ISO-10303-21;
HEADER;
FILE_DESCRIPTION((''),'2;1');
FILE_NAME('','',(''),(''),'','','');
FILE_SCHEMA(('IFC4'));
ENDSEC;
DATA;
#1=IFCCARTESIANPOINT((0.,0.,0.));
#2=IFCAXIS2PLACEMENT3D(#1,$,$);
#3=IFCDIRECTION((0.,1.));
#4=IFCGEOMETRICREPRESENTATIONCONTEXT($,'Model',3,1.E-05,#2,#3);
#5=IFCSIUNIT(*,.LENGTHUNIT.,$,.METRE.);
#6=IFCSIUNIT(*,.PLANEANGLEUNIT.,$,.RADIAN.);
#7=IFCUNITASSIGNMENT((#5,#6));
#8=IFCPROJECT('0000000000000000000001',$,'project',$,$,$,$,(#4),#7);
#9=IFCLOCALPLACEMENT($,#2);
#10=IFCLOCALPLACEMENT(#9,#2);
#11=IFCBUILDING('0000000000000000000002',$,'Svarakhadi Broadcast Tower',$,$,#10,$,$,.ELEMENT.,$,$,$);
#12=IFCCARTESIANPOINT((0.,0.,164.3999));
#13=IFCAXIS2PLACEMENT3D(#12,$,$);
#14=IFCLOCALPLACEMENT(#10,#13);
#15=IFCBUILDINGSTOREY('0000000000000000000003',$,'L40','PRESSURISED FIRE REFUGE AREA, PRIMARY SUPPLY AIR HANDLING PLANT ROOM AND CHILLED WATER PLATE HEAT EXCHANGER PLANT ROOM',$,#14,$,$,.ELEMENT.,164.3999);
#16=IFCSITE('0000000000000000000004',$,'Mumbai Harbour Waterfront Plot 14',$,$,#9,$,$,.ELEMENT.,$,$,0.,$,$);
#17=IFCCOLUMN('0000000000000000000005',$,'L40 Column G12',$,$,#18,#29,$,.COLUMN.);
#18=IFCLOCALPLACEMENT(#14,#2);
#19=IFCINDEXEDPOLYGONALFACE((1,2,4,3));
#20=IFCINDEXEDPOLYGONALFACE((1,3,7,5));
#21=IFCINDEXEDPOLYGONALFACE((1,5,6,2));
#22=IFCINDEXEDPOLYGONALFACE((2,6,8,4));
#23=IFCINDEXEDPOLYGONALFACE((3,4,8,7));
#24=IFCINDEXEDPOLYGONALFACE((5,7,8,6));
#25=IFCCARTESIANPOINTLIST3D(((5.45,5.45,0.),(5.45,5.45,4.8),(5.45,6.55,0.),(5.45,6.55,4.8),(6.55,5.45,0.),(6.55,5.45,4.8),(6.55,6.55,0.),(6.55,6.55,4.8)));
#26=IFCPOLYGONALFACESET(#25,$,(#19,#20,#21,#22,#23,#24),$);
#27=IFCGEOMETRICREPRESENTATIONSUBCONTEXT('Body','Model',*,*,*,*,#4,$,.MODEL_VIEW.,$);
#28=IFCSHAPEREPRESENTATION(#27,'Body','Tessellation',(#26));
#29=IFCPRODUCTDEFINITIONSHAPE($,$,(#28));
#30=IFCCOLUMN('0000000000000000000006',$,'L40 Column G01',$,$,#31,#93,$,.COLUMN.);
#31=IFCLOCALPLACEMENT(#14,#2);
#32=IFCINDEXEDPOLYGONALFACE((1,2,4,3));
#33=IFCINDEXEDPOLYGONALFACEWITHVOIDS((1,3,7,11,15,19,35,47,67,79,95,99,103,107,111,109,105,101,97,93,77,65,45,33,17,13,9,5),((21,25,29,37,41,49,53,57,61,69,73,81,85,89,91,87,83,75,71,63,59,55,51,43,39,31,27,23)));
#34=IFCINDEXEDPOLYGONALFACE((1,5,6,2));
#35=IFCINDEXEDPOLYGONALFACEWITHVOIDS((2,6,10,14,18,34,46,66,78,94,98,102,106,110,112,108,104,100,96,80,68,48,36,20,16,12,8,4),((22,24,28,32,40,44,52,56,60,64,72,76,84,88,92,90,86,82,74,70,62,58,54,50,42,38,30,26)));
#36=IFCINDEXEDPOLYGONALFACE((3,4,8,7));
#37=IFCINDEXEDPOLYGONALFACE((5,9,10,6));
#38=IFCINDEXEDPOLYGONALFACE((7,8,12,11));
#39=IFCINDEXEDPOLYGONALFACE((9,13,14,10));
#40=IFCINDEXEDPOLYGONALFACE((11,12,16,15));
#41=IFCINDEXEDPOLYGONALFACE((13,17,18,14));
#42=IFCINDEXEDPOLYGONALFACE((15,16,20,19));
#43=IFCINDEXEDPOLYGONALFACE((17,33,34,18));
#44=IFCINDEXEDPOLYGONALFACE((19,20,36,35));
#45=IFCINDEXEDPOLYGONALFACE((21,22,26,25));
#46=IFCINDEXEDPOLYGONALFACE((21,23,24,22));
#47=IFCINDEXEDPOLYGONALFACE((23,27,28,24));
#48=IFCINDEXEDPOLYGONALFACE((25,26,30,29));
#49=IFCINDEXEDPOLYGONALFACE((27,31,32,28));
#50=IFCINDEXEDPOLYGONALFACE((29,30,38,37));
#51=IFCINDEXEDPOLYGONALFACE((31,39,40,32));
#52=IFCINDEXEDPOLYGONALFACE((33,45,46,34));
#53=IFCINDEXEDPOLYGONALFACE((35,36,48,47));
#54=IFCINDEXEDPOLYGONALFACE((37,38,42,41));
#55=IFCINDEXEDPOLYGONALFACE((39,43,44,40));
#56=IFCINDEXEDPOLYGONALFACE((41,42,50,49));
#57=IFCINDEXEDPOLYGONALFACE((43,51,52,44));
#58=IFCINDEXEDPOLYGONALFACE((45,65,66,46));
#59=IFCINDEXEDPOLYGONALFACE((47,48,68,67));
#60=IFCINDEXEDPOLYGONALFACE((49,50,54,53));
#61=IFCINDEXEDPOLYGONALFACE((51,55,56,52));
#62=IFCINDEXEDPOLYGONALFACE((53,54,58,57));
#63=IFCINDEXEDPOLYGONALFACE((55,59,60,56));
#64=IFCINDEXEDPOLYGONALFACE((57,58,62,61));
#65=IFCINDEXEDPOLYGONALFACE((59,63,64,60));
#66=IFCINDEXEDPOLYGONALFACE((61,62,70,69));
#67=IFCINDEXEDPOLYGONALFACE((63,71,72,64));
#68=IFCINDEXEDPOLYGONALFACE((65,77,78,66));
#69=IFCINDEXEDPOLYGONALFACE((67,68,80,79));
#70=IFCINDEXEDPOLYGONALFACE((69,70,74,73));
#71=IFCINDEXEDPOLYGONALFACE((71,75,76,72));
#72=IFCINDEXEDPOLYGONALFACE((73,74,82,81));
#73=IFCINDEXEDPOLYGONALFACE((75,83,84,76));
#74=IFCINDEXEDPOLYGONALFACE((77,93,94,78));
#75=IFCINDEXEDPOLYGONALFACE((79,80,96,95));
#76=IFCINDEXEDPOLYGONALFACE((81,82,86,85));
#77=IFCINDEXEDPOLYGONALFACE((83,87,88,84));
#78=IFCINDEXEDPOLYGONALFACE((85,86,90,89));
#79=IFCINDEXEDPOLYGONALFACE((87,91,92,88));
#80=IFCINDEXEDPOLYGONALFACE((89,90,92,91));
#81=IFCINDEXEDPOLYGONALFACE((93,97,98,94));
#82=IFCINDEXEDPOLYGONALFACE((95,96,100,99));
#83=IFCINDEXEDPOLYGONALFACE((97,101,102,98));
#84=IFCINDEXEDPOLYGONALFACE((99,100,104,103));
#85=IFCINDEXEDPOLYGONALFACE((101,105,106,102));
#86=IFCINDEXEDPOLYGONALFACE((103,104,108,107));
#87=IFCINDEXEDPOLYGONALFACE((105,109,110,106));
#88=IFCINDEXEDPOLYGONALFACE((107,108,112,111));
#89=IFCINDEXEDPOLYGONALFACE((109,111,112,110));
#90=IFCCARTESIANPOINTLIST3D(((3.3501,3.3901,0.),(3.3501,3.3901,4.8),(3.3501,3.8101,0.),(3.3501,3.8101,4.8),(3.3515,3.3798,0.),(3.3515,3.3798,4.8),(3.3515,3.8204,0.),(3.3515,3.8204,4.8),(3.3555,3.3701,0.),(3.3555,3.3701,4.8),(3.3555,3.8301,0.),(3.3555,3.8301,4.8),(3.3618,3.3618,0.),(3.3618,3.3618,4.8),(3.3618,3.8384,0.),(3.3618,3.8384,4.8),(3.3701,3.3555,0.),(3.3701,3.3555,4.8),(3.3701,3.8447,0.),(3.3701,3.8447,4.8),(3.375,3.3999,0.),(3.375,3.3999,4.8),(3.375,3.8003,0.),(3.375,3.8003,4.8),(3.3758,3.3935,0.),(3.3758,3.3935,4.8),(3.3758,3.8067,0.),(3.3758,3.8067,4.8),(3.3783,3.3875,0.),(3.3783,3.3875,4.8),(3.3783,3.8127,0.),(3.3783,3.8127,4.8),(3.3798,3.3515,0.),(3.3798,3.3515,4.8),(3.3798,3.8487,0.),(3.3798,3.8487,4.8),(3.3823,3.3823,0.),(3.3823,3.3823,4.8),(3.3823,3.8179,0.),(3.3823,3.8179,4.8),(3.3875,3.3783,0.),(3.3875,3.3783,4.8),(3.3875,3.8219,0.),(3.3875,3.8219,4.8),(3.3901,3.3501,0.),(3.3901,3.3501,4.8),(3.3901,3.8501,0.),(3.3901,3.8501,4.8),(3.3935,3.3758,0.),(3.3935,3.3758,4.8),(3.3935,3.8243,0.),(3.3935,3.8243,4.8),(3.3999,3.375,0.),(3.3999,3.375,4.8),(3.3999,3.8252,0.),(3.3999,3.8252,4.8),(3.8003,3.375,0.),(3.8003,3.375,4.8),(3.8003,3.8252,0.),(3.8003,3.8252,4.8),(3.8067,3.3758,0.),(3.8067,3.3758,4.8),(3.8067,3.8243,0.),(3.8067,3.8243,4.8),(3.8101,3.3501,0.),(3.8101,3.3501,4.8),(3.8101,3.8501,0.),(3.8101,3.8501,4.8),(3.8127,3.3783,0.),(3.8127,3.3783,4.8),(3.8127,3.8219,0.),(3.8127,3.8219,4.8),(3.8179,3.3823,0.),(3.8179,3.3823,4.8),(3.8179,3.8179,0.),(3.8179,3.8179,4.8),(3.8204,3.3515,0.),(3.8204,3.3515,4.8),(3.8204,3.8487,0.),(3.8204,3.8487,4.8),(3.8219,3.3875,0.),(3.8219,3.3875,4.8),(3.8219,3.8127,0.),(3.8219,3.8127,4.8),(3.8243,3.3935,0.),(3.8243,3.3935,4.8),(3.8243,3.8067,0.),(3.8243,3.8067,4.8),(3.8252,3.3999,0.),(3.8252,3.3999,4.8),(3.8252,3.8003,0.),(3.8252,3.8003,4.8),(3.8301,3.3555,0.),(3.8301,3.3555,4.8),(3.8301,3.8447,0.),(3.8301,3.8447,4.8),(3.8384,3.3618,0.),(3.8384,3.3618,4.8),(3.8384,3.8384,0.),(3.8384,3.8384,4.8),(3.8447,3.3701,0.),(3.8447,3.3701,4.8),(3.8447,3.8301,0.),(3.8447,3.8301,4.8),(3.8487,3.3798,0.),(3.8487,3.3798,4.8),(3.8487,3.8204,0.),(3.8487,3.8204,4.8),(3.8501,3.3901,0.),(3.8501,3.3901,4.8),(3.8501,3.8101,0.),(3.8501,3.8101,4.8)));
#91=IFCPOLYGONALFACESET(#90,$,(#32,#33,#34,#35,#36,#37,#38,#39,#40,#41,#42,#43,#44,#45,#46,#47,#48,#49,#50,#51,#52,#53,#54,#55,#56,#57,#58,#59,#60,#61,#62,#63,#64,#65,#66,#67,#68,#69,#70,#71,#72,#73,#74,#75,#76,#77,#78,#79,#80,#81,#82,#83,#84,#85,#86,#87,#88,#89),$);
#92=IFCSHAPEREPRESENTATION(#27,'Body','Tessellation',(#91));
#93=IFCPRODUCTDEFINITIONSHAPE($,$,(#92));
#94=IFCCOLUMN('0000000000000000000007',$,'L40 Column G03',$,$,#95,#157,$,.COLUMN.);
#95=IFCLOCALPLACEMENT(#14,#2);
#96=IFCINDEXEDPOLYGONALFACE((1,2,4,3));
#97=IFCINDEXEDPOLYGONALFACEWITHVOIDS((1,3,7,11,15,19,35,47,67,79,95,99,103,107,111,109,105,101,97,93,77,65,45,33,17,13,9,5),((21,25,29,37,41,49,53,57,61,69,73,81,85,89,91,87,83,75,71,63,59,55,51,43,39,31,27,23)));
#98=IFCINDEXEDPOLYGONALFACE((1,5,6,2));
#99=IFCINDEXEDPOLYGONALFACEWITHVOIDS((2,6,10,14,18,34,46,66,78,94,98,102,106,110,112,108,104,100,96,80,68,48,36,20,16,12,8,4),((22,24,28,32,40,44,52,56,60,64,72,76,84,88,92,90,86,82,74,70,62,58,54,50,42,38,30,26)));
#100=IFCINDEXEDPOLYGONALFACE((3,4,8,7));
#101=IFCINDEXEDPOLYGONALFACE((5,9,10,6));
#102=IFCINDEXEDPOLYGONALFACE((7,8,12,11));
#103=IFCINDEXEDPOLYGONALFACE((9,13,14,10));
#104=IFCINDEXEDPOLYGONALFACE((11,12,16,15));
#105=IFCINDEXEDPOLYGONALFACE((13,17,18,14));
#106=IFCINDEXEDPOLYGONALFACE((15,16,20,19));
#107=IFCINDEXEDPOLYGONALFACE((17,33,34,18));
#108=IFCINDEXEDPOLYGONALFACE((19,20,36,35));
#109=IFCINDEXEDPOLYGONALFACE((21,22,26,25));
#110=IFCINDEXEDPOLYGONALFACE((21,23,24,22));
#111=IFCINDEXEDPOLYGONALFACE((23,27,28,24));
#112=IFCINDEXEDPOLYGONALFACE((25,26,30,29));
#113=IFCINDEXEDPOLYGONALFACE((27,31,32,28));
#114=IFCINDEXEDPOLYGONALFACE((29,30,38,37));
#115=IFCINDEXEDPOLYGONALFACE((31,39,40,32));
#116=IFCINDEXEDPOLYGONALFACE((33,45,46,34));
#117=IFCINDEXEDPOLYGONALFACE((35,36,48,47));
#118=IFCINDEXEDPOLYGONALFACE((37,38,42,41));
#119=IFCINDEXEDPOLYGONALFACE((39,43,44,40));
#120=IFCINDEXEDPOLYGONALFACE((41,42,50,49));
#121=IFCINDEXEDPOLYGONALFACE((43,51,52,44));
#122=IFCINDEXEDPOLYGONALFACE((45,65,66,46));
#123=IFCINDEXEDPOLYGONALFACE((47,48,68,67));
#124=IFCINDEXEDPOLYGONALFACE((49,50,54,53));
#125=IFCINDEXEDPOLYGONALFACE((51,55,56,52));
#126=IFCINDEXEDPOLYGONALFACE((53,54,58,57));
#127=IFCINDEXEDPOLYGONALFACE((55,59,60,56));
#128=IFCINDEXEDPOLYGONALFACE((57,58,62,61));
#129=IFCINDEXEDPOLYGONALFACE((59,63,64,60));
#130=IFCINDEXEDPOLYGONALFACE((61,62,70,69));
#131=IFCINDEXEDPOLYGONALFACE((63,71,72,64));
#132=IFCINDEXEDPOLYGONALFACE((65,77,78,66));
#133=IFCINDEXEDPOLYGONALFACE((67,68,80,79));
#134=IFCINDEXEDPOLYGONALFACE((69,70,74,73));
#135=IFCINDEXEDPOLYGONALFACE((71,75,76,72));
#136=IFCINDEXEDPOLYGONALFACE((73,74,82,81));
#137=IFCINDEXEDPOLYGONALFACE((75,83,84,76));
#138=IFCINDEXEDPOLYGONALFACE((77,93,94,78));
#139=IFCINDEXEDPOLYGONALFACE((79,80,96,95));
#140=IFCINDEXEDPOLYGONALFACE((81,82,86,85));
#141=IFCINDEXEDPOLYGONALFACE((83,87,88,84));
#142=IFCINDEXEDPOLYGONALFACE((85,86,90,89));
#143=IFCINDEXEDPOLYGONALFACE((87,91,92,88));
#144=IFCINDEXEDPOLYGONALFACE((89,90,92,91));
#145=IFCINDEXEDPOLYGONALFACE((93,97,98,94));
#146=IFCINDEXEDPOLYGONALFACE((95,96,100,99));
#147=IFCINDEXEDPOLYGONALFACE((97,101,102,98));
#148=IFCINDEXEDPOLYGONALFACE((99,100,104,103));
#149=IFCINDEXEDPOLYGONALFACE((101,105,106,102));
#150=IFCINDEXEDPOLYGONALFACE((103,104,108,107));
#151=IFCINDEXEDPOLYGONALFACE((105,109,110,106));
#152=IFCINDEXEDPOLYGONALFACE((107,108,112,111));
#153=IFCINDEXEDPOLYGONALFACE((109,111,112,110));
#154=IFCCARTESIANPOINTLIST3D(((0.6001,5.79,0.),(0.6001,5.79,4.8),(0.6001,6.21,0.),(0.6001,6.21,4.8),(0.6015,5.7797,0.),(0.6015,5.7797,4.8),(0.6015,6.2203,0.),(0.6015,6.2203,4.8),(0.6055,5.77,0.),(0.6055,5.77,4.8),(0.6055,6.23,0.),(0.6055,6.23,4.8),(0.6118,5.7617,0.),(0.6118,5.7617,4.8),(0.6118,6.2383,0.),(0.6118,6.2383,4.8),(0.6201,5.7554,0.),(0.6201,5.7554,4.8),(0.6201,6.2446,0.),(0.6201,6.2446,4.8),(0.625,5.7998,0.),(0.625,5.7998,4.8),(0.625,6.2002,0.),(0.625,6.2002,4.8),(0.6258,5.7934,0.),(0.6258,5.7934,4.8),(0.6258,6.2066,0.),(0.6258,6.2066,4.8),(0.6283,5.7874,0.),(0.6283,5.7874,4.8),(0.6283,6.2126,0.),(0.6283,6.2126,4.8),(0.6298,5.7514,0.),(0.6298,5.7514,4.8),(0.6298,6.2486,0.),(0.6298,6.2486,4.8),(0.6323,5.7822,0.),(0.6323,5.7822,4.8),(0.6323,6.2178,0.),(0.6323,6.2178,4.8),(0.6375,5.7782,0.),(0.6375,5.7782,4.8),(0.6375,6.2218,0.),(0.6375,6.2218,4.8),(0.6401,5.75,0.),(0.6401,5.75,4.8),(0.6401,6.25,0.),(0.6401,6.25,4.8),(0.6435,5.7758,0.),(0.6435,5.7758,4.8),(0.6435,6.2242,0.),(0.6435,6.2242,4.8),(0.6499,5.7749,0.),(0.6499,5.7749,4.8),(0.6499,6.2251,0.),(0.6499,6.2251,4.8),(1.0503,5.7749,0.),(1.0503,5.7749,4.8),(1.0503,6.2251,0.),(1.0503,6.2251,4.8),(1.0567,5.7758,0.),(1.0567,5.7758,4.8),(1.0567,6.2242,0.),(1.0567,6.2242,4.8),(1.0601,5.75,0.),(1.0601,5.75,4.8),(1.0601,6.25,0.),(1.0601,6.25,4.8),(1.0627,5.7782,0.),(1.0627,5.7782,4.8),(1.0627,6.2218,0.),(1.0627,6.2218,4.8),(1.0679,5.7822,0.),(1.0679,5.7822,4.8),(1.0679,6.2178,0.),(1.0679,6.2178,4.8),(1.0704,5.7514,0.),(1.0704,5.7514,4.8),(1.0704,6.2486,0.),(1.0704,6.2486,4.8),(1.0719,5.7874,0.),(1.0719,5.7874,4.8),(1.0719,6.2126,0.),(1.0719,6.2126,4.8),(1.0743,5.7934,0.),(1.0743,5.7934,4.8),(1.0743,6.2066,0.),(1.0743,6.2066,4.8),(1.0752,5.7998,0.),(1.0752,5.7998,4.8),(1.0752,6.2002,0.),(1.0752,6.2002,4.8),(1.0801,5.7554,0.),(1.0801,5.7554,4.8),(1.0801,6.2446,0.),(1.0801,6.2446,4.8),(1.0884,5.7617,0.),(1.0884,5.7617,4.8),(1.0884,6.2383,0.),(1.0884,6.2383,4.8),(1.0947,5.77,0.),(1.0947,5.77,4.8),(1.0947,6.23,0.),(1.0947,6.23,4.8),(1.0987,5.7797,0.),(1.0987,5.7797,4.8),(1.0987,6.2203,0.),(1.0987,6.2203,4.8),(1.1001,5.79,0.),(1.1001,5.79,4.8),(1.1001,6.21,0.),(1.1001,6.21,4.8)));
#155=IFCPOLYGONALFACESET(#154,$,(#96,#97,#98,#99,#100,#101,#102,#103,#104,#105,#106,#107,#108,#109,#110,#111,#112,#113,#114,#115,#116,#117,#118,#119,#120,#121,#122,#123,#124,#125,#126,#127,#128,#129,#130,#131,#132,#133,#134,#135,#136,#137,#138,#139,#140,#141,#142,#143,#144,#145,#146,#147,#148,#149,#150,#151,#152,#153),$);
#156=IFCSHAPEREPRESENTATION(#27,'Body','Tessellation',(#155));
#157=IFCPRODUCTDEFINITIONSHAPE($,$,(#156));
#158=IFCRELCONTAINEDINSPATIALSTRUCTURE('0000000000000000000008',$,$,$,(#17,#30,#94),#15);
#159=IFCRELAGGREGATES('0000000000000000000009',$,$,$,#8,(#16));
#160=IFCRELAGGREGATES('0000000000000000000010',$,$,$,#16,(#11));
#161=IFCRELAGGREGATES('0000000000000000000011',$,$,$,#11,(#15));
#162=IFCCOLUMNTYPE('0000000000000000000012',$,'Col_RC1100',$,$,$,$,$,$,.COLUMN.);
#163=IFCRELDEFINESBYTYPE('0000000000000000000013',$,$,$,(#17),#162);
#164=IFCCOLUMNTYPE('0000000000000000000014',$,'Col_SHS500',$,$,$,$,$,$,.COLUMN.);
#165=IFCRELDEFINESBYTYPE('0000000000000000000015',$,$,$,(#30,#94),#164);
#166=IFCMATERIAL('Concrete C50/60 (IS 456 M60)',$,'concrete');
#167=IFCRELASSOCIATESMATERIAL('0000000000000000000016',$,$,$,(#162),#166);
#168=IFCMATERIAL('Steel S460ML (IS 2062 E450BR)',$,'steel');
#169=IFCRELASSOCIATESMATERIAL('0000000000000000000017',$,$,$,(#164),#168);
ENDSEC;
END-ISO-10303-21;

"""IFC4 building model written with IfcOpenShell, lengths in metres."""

from ifc_helpers import new_model, si_unit, direction, frame, origin, origin_2d, place, context, subcontext, project, spatial, rectangle, hollow_rectangle, extrude, material, material_profile, profile_set, type_object, element, save


model = new_model("IFC4")

# Units and contexts
model_context = context("Model", 3, precision=1e-05, world=origin(), true_north=direction((0.0, 1.0)))
body_context = subcontext(model_context, "Body", "Model", "MODEL_VIEW")
ifc_project = project(units=[si_unit("LENGTHUNIT", "METRE"), si_unit("PLANEANGLEUNIT", "RADIAN")], contexts=[model_context])

# Site, building, storey
site_placement = place(None, origin())
site = spatial("IfcSite", under=ifc_project, at=site_placement, Name="Mumbai Harbour Waterfront Plot 14", CompositionType="ELEMENT", RefElevation=0.0)
building_placement = place(site_placement, origin())
building = spatial("IfcBuilding", under=site, at=building_placement, Name="Svarakhadi Broadcast Tower", CompositionType="ELEMENT")
storey_placement = place(building_placement, frame((0.0, 0.0, 164.3999)))
storey = spatial("IfcBuildingStorey", under=building, at=storey_placement, Name="L40", Description="PRESSURISED FIRE REFUGE AREA, PRIMARY SUPPLY AIR HANDLING PLANT ROOM AND CHILLED WATER PLATE HEAT EXCHANGER PLANT ROOM", CompositionType="ELEMENT", Elevation=164.3999)

# Columns
ifc_material_1 = material(Name="Concrete C50/60 (IS 456 M60)", Category="concrete")
ifc_material_profile_1 = material_profile(ifc_material_1, rectangle(XDim=1.1001, YDim=1.1001, at=origin_2d()), Name="RC 1100x1100")
ifc_profile_set_1 = profile_set([ifc_material_profile_1], Name="Concrete C50/60 (IS 456 M60)")
column_type_1 = type_object("IfcColumnType", Name="Col_RC1100", PredefinedType="COLUMN", material=ifc_profile_set_1)
column_placement = place(storey_placement, frame((6.0, 6.0, 0.0), z_axis=(0.0, 0.0, 1.0), x_axis=(1.0, 0.0, 0.0)))
element("IfcColumn", 1, at=column_placement, inside=storey, type_object=column_type_1, Name="L40 Column G12", PredefinedType="COLUMN", context=body_context, shape_type="SweptSolid", body=[
    extrude(rectangle(XDim=1.1001, YDim=1.1001, at=origin_2d()), origin(), (0.0, 0.0, 1.0), 4.8),
])
ifc_material_2 = material(Name="Steel S460ML (IS 2062 E450BR)", Category="steel")
ifc_material_profile_2 = material_profile(ifc_material_2, hollow_rectangle(XDim=0.5, YDim=0.5, WallThickness=0.0249, InnerFilletRadius=0.0249, OuterFilletRadius=0.04, at=origin_2d()), Name="SHS 500x500x25")
ifc_profile_set_2 = profile_set([ifc_material_profile_2], Name="Steel S460ML (IS 2062 E450BR)")
column_type_2 = type_object("IfcColumnType", Name="Col_SHS500", PredefinedType="COLUMN", material=ifc_profile_set_2)
for number, where, z_axis, x_axis, name in (
    (2, (3.6001, 3.6001, 0.0), (0.0, 0.0, 1.0), (1.0, 0.0, 0.0), "L40 Column G01"),
    (3, (0.8501, 6.0, 0.0), (0.0, 0.0, 1.0), (1.0, 0.0, 0.0), "L40 Column G03"),
):
    element("IfcColumn", number, at=place(storey_placement, frame(where, z_axis=z_axis, x_axis=x_axis)), inside=storey, type_object=column_type_2, Name=name, PredefinedType="COLUMN", context=body_context, shape_type="SweptSolid", body=[
        extrude(hollow_rectangle(XDim=0.5, YDim=0.5, WallThickness=0.0249, InnerFilletRadius=0.0249, OuterFilletRadius=0.04, at=origin_2d()), origin(), (0.0, 0.0, 1.0), 4.8),
    ])

save(model, "model.ifc")
